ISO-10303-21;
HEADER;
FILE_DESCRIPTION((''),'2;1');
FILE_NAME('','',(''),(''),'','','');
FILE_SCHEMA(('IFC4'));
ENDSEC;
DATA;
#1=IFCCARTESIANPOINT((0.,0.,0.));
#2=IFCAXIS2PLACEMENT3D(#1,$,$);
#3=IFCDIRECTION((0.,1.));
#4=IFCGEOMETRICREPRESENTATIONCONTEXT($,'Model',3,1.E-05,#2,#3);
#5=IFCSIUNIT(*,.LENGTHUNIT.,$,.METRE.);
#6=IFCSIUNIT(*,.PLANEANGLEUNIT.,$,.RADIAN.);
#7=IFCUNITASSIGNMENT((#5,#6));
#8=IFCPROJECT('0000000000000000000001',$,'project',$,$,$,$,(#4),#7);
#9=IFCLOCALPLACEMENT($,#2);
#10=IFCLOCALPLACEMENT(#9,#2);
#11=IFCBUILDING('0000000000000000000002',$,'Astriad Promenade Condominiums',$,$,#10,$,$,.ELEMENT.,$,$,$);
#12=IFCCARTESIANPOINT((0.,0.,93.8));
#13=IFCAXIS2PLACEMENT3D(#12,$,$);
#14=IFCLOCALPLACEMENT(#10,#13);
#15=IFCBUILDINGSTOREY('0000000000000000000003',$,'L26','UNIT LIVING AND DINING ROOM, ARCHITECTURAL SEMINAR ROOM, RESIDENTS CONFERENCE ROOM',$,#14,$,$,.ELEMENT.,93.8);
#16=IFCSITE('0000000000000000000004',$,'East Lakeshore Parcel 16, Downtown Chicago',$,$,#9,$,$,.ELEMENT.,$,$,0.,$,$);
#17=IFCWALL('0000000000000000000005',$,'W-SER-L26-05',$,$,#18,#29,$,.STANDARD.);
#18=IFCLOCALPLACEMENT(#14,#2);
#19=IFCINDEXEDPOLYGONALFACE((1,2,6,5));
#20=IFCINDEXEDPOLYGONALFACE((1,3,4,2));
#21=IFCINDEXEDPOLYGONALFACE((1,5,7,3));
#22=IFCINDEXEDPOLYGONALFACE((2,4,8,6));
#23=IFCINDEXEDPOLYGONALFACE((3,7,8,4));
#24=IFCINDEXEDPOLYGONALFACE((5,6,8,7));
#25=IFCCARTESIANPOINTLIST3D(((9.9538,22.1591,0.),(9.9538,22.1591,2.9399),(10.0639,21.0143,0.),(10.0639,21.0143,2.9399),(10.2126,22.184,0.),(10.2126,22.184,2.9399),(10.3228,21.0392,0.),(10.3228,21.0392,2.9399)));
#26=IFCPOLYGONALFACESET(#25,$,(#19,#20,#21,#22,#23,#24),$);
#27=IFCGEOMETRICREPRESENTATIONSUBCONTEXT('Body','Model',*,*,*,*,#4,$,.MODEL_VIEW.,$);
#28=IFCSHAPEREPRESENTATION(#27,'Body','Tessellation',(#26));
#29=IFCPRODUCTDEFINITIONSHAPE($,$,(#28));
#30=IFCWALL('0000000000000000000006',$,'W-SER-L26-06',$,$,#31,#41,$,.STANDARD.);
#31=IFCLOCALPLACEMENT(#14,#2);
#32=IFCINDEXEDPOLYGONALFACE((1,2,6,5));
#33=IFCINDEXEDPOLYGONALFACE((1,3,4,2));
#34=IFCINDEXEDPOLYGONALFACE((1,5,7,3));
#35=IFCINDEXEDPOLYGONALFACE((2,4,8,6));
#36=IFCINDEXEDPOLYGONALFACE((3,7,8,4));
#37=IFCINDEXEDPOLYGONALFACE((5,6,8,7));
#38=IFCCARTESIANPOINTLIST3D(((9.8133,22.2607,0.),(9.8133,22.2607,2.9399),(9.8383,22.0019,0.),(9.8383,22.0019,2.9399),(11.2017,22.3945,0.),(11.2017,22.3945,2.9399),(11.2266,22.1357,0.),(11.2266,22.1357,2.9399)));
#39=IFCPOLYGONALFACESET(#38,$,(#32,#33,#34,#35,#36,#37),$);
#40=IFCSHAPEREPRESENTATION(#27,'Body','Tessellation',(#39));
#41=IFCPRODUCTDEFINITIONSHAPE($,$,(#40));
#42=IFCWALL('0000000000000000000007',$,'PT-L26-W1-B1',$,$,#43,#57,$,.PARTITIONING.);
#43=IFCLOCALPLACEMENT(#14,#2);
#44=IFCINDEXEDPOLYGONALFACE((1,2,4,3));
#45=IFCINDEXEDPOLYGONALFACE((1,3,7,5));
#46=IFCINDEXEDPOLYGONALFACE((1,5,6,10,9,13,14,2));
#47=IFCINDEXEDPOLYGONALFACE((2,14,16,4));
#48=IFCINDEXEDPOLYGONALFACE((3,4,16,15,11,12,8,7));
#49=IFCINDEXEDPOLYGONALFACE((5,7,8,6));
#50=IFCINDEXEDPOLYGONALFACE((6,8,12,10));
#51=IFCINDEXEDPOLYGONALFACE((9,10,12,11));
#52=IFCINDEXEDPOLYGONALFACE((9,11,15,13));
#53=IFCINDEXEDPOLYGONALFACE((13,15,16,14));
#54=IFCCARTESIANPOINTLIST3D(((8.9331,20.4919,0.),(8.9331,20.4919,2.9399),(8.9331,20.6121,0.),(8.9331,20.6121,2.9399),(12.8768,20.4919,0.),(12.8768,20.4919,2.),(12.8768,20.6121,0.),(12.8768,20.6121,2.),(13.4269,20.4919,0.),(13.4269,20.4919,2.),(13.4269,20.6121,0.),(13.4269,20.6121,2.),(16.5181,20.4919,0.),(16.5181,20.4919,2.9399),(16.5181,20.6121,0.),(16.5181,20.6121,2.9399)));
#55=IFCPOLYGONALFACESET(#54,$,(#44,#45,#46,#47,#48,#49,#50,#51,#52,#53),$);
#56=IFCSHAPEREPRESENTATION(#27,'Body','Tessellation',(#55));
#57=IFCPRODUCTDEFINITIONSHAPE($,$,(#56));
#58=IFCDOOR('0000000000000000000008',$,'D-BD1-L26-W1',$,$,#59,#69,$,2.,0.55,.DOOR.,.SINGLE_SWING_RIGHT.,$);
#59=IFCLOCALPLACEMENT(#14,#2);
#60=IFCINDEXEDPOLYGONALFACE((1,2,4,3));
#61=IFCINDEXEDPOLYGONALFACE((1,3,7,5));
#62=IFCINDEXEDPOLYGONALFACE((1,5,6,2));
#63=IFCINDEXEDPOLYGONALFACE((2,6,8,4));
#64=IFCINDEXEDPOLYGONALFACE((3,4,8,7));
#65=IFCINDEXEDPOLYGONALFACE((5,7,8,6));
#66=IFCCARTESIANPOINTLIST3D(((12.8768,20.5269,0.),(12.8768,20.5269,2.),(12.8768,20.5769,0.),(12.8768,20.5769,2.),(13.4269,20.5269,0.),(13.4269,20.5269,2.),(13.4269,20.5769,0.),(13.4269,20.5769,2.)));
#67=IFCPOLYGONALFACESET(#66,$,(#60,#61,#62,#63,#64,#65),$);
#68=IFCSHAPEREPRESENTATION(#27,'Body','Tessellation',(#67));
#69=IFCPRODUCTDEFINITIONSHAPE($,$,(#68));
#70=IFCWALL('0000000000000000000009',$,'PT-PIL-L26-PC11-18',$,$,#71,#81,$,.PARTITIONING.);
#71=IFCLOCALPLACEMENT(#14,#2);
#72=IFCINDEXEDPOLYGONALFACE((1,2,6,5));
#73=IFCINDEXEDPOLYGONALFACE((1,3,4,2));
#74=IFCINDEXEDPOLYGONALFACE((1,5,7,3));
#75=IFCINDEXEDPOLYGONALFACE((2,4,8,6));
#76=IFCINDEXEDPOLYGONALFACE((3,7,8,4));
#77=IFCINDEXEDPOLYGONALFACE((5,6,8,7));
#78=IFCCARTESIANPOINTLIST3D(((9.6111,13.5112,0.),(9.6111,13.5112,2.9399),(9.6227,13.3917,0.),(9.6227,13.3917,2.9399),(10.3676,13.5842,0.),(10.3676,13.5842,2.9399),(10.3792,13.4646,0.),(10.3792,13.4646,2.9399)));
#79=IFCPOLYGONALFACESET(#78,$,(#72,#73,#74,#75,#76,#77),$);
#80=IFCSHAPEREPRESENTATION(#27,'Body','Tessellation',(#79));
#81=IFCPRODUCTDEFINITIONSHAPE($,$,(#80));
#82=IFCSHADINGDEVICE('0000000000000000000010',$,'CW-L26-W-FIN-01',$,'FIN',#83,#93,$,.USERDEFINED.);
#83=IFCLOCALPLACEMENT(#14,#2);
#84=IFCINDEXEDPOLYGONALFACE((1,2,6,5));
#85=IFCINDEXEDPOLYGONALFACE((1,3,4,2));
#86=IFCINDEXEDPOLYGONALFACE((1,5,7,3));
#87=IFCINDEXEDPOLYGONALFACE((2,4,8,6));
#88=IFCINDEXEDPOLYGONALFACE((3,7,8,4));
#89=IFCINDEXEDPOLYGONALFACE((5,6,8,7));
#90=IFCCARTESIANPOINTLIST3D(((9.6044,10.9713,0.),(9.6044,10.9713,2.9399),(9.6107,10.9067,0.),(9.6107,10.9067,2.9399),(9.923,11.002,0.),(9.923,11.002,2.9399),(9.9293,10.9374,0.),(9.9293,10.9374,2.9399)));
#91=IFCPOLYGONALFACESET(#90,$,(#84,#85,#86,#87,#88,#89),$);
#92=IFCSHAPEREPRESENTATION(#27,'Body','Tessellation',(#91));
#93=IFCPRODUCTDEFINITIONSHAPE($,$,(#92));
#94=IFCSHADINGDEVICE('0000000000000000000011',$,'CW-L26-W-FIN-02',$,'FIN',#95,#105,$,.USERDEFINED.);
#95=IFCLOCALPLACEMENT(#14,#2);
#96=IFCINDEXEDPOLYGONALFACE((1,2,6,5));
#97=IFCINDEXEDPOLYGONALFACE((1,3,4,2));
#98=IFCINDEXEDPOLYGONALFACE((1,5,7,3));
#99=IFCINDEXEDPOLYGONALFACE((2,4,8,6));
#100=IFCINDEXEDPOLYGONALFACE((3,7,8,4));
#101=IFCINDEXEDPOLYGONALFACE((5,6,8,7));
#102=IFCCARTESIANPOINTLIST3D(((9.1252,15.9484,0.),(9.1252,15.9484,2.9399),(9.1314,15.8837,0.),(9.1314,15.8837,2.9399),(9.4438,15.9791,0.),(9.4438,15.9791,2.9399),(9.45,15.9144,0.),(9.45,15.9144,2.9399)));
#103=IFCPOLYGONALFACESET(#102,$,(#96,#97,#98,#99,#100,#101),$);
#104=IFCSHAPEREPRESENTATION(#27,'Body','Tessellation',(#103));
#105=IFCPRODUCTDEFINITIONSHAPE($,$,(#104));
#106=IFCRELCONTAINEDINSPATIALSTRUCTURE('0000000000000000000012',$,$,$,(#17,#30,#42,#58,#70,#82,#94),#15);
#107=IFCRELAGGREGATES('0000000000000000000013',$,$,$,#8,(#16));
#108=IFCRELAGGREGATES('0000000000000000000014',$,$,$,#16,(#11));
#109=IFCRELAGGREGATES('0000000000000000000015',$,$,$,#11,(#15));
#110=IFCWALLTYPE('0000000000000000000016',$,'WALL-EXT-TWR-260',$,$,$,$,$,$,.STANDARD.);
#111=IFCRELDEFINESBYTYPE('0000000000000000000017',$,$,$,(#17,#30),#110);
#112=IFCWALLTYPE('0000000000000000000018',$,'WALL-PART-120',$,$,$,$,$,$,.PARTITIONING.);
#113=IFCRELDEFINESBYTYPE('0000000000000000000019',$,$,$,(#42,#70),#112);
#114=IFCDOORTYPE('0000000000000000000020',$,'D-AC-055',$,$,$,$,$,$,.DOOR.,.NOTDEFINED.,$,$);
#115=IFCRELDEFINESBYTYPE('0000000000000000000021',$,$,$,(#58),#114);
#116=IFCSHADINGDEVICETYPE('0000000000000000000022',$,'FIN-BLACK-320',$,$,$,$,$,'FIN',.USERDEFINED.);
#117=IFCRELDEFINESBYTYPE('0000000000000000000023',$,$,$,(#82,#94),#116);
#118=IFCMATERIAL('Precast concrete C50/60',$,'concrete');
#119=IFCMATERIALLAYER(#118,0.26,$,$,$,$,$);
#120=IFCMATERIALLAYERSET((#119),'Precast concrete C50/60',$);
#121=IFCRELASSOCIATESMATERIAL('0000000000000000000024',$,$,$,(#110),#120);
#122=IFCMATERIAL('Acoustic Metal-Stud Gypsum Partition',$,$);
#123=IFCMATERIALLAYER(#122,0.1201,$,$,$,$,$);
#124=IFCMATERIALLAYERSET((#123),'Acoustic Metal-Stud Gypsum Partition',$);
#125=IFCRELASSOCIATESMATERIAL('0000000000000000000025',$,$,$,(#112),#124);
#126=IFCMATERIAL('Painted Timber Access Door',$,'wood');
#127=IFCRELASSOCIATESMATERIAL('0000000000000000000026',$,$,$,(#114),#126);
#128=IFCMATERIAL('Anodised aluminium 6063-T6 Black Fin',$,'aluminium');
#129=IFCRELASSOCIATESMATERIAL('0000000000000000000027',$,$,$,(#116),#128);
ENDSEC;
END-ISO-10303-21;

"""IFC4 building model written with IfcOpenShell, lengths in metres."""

from ifc_helpers import new_model, si_unit, direction, frame, frame_2d, origin, origin_2d, place, context, subcontext, project, spatial, rectangle, extrude, source, transform, mapped, material, layer, layer_set, type_object, type_shapes, element, fill, save


model = new_model("IFC4")

# Units and contexts
model_context = context("Model", 3, precision=1e-05, world=origin(), true_north=direction((0.0, 1.0)))
body_context = subcontext(model_context, "Body", "Model", "MODEL_VIEW")
ifc_project = project(units=[si_unit("LENGTHUNIT", "METRE"), si_unit("PLANEANGLEUNIT", "RADIAN")], contexts=[model_context])

# Site, building, storey
site_placement = place(None, origin())
site = spatial("IfcSite", under=ifc_project, at=site_placement, Name="East Lakeshore Parcel 16, Downtown Chicago", CompositionType="ELEMENT", RefElevation=0.0)
building_placement = place(site_placement, origin())
building = spatial("IfcBuilding", under=site, at=building_placement, Name="Astriad Promenade Condominiums", CompositionType="ELEMENT")
storey_placement = place(building_placement, frame((0.0, 0.0, 93.8)))
storey = spatial("IfcBuildingStorey", under=building, at=storey_placement, Name="L26", Description="UNIT LIVING AND DINING ROOM, ARCHITECTURAL SEMINAR ROOM, RESIDENTS CONFERENCE ROOM", CompositionType="ELEMENT", Elevation=93.8)

# Walls
ifc_material_1 = material(Name="Precast concrete C50/60", Category="concrete")
ifc_layer_1 = layer(ifc_material_1, 0.26)
ifc_layer_set_1 = layer_set([ifc_layer_1], Name="Precast concrete C50/60")
wall_type_1 = type_object("IfcWallType", Name="WALL-EXT-TWR-260", PredefinedType="STANDARD", material=ifc_layer_set_1)
wall_1_placement = place(storey_placement, frame((10.1934, 21.0266, 0.0), z_axis=(0.0, 0.0, 1.0), x_axis=(-0.095741, 0.995406, 0.0)))
element("IfcWall", 1, at=wall_1_placement, inside=storey, type_object=wall_type_1, Name="W-SER-L26-05", PredefinedType="STANDARD", context=body_context, shape_type="SweptSolid", body=[
    extrude(rectangle(XDim=1.1501, YDim=0.26, at=frame_2d((0.5752, 0.0))), origin(), (0.0, 0.0, 1.0), 2.9399),
])
wall_2_placement = place(storey_placement, frame((9.8259, 22.1313, 0.0), z_axis=(0.0, 0.0, 1.0), x_axis=(0.995389, 0.095916, 0.0)))
element("IfcWall", 2, at=wall_2_placement, inside=storey, type_object=wall_type_1, Name="W-SER-L26-06", PredefinedType="STANDARD", context=body_context, shape_type="SweptSolid", body=[
    extrude(rectangle(XDim=1.3948, YDim=0.26, at=frame_2d((0.6973, 0.0))), origin(), (0.0, 0.0, 1.0), 2.9399),
])

# Wall, opening, door
ifc_material_2 = material(Name="Acoustic Metal-Stud Gypsum Partition")
ifc_layer_2 = layer(ifc_material_2, 0.1201)
ifc_layer_set_2 = layer_set([ifc_layer_2], Name="Acoustic Metal-Stud Gypsum Partition")
wall_type_2 = type_object("IfcWallType", Name="WALL-PART-120", PredefinedType="PARTITIONING", material=ifc_layer_set_2)
wall_3_placement = place(storey_placement, frame((8.9331, 20.552, 0.0), z_axis=(0.0, 0.0, 1.0), x_axis=(1.0, 0.0, 0.0)))
wall_3 = element("IfcWall", 3, at=wall_3_placement, inside=storey, type_object=wall_type_2, Name="PT-L26-W1-B1", PredefinedType="PARTITIONING", context=body_context, shape_type="SweptSolid", body=[
    extrude(rectangle(XDim=7.585, YDim=0.1201, at=frame_2d((3.7925, 0.0))), origin(), (0.0, 0.0, 1.0), 2.9399),
])
opening_placement = place(wall_3_placement, frame((3.9438, 0.0, 0.0)))
opening = element("IfcOpeningElement", 4, at=opening_placement, cuts=wall_3, PredefinedType="OPENING", context=body_context, shape_type="SweptSolid", body=[
    extrude(rectangle(XDim=0.55, YDim=2.0, at=frame_2d((0.2749, 1.0))), frame((0.0, 0.0701, 0.0), z_axis=(0.0, -1.0, 0.0), x_axis=(1.0, 0.0, 0.0)), (0.0, 0.0, 1.0), 0.1401),
])
ifc_material_3 = material(Name="Painted Timber Access Door", Category="wood")
door_type = type_object("IfcDoorType", Name="D-AC-055", OperationType="NOTDEFINED", PredefinedType="DOOR", material=ifc_material_3)
shared_shape_1 = source(origin(), body_context, "Body", "SweptSolid", [
    extrude(rectangle(XDim=0.55, YDim=2.0, at=frame_2d((0.2749, 1.0))), frame((0.0, 0.0249, 0.0), z_axis=(0.0, -1.0, 0.0), x_axis=(1.0, 0.0, 0.0)), (0.0, 0.0, 1.0), 0.05),
])
type_shapes(door_type, [shared_shape_1])
door_placement = place(opening_placement, origin())
door = element("IfcDoor", 5, at=door_placement, inside=storey, type_object=door_type, Name="D-BD1-L26-W1", OperationType="SINGLE_SWING_RIGHT", OverallHeight=2.0, OverallWidth=0.55, PredefinedType="DOOR", context=body_context, shape_type="MappedRepresentation", body=[
    mapped(shared_shape_1, transform((0.0, 0.0, 0.0), scale=1.0)),
])
fill(opening, door)

# Wall
wall_4_placement = place(storey_placement, frame((10.3733, 13.5244, 0.0), z_axis=(0.0, 0.0, 1.0), x_axis=(-0.995378, -0.096037, 0.0)))
element("IfcWall", 6, at=wall_4_placement, inside=storey, type_object=wall_type_2, Name="PT-PIL-L26-PC11-18", PredefinedType="PARTITIONING", context=body_context, shape_type="SweptSolid", body=[
    extrude(rectangle(XDim=0.76, YDim=0.1201, at=frame_2d((0.3799, 0.0))), origin(), (0.0, 0.0, 1.0), 2.9399),
])

# Shading devices
ifc_material_4 = material(Name="Anodised aluminium 6063-T6 Black Fin", Category="aluminium")
shading_device_type = type_object("IfcShadingDeviceType", Name="FIN-BLACK-320", ElementType="FIN", PredefinedType="USERDEFINED", material=ifc_material_4)
shared_shape_2 = source(origin(), body_context, "Body", "SweptSolid", [
    extrude(rectangle(XDim=0.0649, YDim=0.3201, at=origin_2d()), origin(), (0.0, 0.0, 1.0), 2.9399),
])
type_shapes(shading_device_type, [shared_shape_2])
for number, where, z_axis, x_axis, name in (
    (7, (9.7668, 10.9543, 0.0), (0.0, 0.0, 1.0), (-0.095846, 0.995396, 0.0), "CW-L26-W-FIN-01"),
    (8, (9.2876, 15.9314, 0.0), (0.0, 0.0, 1.0), (-0.095846, 0.995396, 0.0), "CW-L26-W-FIN-02"),
):
    element("IfcShadingDevice", number, at=place(storey_placement, frame(where, z_axis=z_axis, x_axis=x_axis)), inside=storey, type_object=shading_device_type, Name=name, ObjectType="FIN", PredefinedType="USERDEFINED", context=body_context, shape_type="MappedRepresentation", body=[
        mapped(shared_shape_2, transform((0.0, 0.0, 0.0), scale=1.0)),
    ])

save(model, "model.ifc")
